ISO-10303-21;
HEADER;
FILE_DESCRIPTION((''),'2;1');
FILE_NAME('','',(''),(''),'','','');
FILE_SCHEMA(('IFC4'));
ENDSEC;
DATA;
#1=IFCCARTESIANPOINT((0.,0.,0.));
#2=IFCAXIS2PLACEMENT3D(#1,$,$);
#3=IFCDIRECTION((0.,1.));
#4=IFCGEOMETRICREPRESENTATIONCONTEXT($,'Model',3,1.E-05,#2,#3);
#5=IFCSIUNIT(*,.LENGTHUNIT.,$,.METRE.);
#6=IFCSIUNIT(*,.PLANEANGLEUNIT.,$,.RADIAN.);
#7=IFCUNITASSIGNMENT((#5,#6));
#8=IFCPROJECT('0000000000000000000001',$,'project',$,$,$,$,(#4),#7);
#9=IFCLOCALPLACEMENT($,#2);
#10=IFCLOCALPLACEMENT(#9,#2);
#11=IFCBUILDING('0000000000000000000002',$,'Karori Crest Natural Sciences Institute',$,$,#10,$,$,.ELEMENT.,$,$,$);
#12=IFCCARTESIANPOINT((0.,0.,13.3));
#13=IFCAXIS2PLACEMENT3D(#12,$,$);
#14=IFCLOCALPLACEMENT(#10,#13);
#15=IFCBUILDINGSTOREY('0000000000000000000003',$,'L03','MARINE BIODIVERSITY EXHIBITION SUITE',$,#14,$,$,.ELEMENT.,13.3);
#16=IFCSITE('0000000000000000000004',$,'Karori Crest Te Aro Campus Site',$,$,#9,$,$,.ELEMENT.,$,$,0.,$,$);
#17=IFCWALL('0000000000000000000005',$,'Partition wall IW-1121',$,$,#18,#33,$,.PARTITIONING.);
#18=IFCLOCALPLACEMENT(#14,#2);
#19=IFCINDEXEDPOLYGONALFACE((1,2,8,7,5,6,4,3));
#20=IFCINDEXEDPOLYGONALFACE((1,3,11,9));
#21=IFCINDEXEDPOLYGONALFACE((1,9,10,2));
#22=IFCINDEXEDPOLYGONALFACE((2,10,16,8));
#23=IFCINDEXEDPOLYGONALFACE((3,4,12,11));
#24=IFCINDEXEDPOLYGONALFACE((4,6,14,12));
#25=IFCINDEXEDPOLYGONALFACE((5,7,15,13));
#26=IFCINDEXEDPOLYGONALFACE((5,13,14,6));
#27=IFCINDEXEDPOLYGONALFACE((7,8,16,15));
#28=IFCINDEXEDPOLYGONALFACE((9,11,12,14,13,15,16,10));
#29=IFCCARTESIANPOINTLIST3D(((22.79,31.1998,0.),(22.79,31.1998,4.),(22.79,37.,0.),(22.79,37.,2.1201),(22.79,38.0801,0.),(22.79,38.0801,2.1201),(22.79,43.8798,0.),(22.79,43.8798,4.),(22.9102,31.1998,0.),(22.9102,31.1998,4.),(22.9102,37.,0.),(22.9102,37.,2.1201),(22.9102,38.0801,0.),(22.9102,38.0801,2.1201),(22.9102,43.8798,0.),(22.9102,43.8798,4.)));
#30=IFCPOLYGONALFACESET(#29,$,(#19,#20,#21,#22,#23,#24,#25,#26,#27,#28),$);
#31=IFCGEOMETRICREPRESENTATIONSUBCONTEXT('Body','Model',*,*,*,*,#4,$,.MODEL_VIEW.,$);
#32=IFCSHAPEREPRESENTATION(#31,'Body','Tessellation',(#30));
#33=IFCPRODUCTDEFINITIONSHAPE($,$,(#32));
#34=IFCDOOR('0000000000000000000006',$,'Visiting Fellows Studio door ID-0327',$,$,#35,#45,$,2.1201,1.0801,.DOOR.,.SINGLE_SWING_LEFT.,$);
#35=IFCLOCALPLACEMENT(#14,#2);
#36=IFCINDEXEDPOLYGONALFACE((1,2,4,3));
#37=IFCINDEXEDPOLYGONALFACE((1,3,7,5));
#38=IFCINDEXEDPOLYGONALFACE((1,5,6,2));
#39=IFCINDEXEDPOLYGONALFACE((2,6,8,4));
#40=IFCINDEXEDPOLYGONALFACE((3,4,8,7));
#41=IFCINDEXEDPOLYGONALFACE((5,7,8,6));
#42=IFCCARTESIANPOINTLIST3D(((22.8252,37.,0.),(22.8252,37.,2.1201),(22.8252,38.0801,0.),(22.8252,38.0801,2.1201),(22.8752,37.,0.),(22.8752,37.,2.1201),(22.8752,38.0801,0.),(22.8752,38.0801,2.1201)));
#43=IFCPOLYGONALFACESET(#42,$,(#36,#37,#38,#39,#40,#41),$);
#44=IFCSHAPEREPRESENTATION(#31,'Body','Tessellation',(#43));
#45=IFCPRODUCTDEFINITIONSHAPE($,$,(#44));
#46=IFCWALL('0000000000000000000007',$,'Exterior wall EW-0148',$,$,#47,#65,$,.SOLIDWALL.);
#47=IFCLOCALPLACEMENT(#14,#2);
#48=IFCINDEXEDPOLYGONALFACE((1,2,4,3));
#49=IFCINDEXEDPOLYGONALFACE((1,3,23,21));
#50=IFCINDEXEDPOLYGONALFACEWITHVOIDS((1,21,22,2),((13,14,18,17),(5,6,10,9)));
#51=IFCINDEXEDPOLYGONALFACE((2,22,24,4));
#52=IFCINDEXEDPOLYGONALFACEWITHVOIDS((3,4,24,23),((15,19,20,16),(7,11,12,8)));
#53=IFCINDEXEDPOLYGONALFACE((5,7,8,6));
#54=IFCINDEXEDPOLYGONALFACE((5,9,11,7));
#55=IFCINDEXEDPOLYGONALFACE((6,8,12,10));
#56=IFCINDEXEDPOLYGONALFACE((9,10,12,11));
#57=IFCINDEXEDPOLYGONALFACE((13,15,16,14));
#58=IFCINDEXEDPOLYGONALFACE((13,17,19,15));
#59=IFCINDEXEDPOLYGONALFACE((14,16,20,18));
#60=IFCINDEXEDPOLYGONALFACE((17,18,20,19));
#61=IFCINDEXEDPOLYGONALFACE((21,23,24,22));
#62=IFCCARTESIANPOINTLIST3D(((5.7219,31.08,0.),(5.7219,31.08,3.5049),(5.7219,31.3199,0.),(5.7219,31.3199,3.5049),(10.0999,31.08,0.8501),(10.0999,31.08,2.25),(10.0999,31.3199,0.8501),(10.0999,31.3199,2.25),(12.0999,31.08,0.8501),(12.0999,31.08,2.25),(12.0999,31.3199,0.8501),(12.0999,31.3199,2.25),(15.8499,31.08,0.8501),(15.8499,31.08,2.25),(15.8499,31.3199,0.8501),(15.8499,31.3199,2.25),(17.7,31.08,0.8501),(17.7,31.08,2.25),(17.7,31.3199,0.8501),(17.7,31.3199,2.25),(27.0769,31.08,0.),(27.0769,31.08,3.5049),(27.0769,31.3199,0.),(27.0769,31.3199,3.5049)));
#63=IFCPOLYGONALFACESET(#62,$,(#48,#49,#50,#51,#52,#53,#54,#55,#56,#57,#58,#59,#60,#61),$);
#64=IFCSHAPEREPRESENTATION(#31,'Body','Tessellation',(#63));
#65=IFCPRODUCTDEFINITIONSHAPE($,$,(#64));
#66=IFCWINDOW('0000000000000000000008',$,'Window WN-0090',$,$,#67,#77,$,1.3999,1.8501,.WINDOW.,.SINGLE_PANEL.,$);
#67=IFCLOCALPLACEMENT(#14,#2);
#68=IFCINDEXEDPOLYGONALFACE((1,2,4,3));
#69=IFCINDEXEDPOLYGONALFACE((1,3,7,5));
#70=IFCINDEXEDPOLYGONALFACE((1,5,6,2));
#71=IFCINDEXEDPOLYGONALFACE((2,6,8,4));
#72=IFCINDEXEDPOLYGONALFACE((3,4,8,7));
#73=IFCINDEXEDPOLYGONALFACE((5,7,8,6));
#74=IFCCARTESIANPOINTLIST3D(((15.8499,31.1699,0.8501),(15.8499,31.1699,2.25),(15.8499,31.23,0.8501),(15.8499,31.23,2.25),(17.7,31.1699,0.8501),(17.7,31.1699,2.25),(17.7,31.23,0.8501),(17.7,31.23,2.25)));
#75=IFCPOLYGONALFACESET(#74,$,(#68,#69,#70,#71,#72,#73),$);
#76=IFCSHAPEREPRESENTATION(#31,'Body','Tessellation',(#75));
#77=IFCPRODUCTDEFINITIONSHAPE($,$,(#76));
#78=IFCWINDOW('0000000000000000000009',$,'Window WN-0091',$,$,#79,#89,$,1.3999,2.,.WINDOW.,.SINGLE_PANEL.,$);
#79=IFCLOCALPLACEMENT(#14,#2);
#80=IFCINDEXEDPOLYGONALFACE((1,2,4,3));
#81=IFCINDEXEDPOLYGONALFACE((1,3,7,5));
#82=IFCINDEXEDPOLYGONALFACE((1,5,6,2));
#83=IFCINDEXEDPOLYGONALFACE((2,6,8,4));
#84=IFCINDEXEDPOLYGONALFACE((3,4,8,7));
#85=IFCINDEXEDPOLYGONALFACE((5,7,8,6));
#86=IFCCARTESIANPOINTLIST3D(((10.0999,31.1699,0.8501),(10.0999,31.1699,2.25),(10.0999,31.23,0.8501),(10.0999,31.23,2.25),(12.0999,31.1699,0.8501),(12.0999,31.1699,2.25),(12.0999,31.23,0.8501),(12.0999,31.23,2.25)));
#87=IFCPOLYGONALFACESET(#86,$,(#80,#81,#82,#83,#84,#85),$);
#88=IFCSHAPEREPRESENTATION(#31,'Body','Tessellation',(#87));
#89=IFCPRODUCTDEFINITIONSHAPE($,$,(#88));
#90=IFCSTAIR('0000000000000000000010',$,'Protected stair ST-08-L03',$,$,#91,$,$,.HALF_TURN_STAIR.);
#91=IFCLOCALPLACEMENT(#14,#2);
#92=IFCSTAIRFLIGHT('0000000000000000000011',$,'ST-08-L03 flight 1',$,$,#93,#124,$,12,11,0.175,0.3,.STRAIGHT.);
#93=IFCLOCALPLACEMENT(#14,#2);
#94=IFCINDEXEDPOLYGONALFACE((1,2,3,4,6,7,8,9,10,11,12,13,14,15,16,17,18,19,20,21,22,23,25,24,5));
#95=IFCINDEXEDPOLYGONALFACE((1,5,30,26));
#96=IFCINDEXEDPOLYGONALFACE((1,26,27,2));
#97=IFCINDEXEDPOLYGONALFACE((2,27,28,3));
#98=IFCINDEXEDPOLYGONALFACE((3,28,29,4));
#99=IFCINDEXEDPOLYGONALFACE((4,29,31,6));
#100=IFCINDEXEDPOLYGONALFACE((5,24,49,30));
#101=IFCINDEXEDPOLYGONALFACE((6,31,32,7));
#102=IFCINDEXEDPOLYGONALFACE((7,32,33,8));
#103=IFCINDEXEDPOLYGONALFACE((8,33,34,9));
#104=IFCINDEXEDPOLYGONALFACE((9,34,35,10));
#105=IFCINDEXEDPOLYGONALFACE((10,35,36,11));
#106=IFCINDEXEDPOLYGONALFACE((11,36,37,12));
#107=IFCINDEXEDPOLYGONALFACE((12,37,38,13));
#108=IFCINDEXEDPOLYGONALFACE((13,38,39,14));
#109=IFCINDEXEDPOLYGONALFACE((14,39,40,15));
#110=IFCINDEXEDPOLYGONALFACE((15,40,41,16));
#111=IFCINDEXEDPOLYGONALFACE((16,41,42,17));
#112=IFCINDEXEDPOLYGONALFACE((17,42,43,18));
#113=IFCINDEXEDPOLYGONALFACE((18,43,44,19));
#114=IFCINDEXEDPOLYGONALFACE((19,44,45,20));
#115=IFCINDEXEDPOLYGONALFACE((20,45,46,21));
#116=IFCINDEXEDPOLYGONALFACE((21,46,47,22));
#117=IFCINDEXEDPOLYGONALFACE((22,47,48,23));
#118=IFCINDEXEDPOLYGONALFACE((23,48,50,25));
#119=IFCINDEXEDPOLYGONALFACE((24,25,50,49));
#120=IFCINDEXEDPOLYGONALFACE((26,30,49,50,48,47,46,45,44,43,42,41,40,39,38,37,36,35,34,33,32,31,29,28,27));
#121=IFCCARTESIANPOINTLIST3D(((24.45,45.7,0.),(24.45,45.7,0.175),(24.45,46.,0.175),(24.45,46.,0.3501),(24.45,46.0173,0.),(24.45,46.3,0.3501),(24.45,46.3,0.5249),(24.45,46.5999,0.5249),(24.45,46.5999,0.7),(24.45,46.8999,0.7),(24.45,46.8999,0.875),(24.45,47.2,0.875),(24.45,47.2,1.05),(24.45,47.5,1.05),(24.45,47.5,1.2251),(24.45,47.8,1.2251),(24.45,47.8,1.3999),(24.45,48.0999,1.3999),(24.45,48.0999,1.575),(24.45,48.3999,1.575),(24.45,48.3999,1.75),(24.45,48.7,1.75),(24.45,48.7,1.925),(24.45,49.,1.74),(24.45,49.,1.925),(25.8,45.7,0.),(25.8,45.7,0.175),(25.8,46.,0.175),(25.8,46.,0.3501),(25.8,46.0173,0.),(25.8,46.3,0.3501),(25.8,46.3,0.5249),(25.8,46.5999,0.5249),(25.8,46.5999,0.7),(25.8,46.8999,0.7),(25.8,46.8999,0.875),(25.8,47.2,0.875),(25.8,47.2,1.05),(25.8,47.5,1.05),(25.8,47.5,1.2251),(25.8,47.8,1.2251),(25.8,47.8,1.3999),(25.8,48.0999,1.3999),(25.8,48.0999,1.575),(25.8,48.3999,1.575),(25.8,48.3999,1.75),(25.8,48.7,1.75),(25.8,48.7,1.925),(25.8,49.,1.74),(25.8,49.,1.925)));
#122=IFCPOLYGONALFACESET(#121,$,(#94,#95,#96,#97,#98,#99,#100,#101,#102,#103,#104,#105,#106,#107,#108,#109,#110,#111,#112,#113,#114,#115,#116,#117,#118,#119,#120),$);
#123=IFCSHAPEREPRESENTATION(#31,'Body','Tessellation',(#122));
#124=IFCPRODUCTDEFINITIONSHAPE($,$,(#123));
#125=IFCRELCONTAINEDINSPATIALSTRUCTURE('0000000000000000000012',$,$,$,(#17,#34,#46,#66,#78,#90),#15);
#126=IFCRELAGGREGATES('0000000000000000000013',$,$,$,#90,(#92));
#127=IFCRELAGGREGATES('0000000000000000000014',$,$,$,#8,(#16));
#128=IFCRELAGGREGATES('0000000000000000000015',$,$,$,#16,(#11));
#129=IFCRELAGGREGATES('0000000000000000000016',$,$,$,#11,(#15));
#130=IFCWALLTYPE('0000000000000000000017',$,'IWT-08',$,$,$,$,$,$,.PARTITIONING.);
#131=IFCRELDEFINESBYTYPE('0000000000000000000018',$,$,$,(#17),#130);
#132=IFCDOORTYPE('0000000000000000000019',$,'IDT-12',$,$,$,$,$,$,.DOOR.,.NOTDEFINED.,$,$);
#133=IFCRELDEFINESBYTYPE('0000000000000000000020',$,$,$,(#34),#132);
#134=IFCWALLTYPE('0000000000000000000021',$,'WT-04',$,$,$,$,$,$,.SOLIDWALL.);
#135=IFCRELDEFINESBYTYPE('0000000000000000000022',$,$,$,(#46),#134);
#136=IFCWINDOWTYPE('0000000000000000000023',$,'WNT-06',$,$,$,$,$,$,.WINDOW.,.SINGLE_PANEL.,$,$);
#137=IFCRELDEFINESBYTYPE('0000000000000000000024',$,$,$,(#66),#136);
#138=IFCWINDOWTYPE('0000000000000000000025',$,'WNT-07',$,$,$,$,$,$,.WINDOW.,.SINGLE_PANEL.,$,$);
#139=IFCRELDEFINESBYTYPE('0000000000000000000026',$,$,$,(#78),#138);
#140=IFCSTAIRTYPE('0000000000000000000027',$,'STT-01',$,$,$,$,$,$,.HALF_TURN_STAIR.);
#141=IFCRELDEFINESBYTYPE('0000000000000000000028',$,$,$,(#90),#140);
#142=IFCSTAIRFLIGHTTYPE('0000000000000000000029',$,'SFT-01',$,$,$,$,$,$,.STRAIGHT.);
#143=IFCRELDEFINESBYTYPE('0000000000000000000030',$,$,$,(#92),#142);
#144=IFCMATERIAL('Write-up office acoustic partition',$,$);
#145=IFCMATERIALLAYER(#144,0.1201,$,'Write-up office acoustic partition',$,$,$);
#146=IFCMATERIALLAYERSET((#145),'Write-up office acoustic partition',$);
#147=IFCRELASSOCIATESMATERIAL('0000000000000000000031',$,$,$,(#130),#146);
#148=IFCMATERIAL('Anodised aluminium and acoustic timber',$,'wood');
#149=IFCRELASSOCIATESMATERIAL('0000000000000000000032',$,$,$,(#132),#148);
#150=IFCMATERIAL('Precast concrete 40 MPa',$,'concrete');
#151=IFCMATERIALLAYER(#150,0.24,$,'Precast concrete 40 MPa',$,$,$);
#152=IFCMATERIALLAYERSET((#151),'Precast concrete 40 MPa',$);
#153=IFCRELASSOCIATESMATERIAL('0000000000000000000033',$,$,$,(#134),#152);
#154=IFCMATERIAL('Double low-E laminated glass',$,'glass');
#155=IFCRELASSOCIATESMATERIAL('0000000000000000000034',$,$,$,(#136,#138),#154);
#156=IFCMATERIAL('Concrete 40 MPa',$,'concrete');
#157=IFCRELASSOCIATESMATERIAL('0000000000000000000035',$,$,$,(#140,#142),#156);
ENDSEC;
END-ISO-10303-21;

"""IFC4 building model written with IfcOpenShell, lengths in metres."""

from ifc_helpers import new_model, si_unit, direction, frame, frame_2d, origin, place, context, subcontext, project, spatial, polyline, rectangle, outline, extrude, material, layer, layer_set, type_object, element, fill, aggregate, save


model = new_model("IFC4")

# Units and contexts
model_context = context("Model", 3, precision=1e-05, world=origin(), true_north=direction((0.0, 1.0)))
body_context = subcontext(model_context, "Body", "Model", "MODEL_VIEW")
ifc_project = project(units=[si_unit("LENGTHUNIT", "METRE"), si_unit("PLANEANGLEUNIT", "RADIAN")], contexts=[model_context])

# Site, building, storey
site_placement = place(None, origin())
site = spatial("IfcSite", under=ifc_project, at=site_placement, Name="Karori Crest Te Aro Campus Site", CompositionType="ELEMENT", RefElevation=0.0)
building_placement = place(site_placement, origin())
building = spatial("IfcBuilding", under=site, at=building_placement, Name="Karori Crest Natural Sciences Institute", CompositionType="ELEMENT")
storey_placement = place(building_placement, frame((0.0, 0.0, 13.3)))
storey = spatial("IfcBuildingStorey", under=building, at=storey_placement, Name="L03", Description="MARINE BIODIVERSITY EXHIBITION SUITE", CompositionType="ELEMENT", Elevation=13.3)

# Wall, opening, door
ifc_material_1 = material(Name="Write-up office acoustic partition")
ifc_layer_1 = layer(ifc_material_1, 0.1201, Name="Write-up office acoustic partition")
ifc_layer_set_1 = layer_set([ifc_layer_1], Name="Write-up office acoustic partition")
wall_type_1 = type_object("IfcWallType", Name="IWT-08", PredefinedType="PARTITIONING", material=ifc_layer_set_1)
wall_1_placement = place(storey_placement, frame((22.8501, 31.2, 0.0), z_axis=(0.0, 0.0, 1.0), x_axis=(0.0, 1.0, 0.0)))
wall_1 = element("IfcWall", 1, at=wall_1_placement, inside=storey, type_object=wall_type_1, Name="Partition wall IW-1121", PredefinedType="PARTITIONING", context=body_context, shape_type="SweptSolid", body=[
    extrude(rectangle(XDim=12.6799, YDim=0.1201, at=frame_2d((6.3398, 0.0))), origin(), (0.0, 0.0, 1.0), 4.0),
])
opening_1_placement = place(wall_1_placement, frame((5.8, 0.0, 0.0)))
opening_1 = element("IfcOpeningElement", 2, at=opening_1_placement, cuts=wall_1, PredefinedType="OPENING", context=body_context, shape_type="SweptSolid", body=[
    extrude(rectangle(XDim=1.0801, YDim=2.1201, at=frame_2d((0.54, 1.0601))), frame((0.0, 0.0701, 0.0), z_axis=(0.0, -1.0, 0.0), x_axis=(1.0, 0.0, 0.0)), (0.0, 0.0, 1.0), 0.1401),
])
ifc_material_2 = material(Name="Anodised aluminium and acoustic timber", Category="wood")
door_type_1 = type_object("IfcDoorType", Name="IDT-12", OperationType="NOTDEFINED", PredefinedType="DOOR", material=ifc_material_2)
door_1_placement = place(opening_1_placement, origin())
door_1 = element("IfcDoor", 3, at=door_1_placement, inside=storey, type_object=door_type_1, Name="Visiting Fellows Studio door ID-0327", OperationType="SINGLE_SWING_LEFT", OverallHeight=2.1201, OverallWidth=1.0801, PredefinedType="DOOR", context=body_context, shape_type="SweptSolid", body=[
    extrude(rectangle(XDim=1.0801, YDim=2.1201, at=frame_2d((0.54, 1.0601))), frame((0.0, 0.0249, 0.0), z_axis=(0.0, -1.0, 0.0), x_axis=(1.0, 0.0, 0.0)), (0.0, 0.0, 1.0), 0.05),
])
fill(opening_1, door_1)

# Wall, openings, windows
ifc_material_3 = material(Name="Precast concrete 40 MPa", Category="concrete")
ifc_layer_2 = layer(ifc_material_3, 0.24, Name="Precast concrete 40 MPa")
ifc_layer_set_2 = layer_set([ifc_layer_2], Name="Precast concrete 40 MPa")
wall_type_2 = type_object("IfcWallType", Name="WT-04", PredefinedType="SOLIDWALL", material=ifc_layer_set_2)
wall_2_placement = place(storey_placement, frame((27.0769, 31.2, 0.0), z_axis=(0.0, 0.0, 1.0), x_axis=(-1.0, 0.0, 0.0)))
wall_2 = element("IfcWall", 4, at=wall_2_placement, inside=storey, type_object=wall_type_2, Name="Exterior wall EW-0148", PredefinedType="SOLIDWALL", context=body_context, shape_type="SweptSolid", body=[
    extrude(rectangle(XDim=21.355, YDim=0.24, at=frame_2d((10.6775, 0.0))), origin(), (0.0, 0.0, 1.0), 3.5049),
])
opening_2_placement = place(wall_2_placement, frame((9.377, 0.0, 0.8501)))
opening_2 = element("IfcOpeningElement", 5, at=opening_2_placement, cuts=wall_2, PredefinedType="OPENING", context=body_context, shape_type="SweptSolid", body=[
    extrude(rectangle(XDim=1.8501, YDim=1.3999, at=frame_2d((0.925, 0.7))), frame((0.0, 0.1299, 0.0), z_axis=(0.0, -1.0, 0.0), x_axis=(1.0, 0.0, 0.0)), (0.0, 0.0, 1.0), 0.26),
])
opening_3_placement = place(wall_2_placement, frame((14.9771, 0.0, 0.8501)))
opening_3 = element("IfcOpeningElement", 6, at=opening_3_placement, cuts=wall_2, PredefinedType="OPENING", context=body_context, shape_type="SweptSolid", body=[
    extrude(rectangle(XDim=2.0, YDim=1.3999, at=frame_2d((1.0, 0.7))), frame((0.0, 0.1299, 0.0), z_axis=(0.0, -1.0, 0.0), x_axis=(1.0, 0.0, 0.0)), (0.0, 0.0, 1.0), 0.26),
])
ifc_material_4 = material(Name="Double low-E laminated glass", Category="glass")
window_type_1 = type_object("IfcWindowType", Name="WNT-06", PartitioningType="SINGLE_PANEL", PredefinedType="WINDOW", material=ifc_material_4)
window_1_placement = place(opening_2_placement, origin())
window_1 = element("IfcWindow", 7, at=window_1_placement, inside=storey, type_object=window_type_1, Name="Window WN-0090", OverallHeight=1.3999, OverallWidth=1.8501, PartitioningType="SINGLE_PANEL", PredefinedType="WINDOW", context=body_context, shape_type="SweptSolid", body=[
    extrude(rectangle(XDim=1.8501, YDim=1.3999, at=frame_2d((0.925, 0.7))), frame((0.0, 0.03, 0.0), z_axis=(0.0, -1.0, 0.0), x_axis=(1.0, 0.0, 0.0)), (0.0, 0.0, 1.0), 0.0601),
])
fill(opening_2, window_1)
window_type_2 = type_object("IfcWindowType", Name="WNT-07", PartitioningType="SINGLE_PANEL", PredefinedType="WINDOW", material=ifc_material_4)
window_2_placement = place(opening_3_placement, origin())
window_2 = element("IfcWindow", 8, at=window_2_placement, inside=storey, type_object=window_type_2, Name="Window WN-0091", OverallHeight=1.3999, OverallWidth=2.0, PartitioningType="SINGLE_PANEL", PredefinedType="WINDOW", context=body_context, shape_type="SweptSolid", body=[
    extrude(rectangle(XDim=2.0, YDim=1.3999, at=frame_2d((1.0, 0.7))), frame((0.0, 0.03, 0.0), z_axis=(0.0, -1.0, 0.0), x_axis=(1.0, 0.0, 0.0)), (0.0, 0.0, 1.0), 0.0601),
])
fill(opening_3, window_2)

# Stair, stair flight
ifc_material_5 = material(Name="Concrete 40 MPa", Category="concrete")
stair_type = type_object("IfcStairType", Name="STT-01", PredefinedType="HALF_TURN_STAIR", material=ifc_material_5)
stair_placement = place(storey_placement, origin())
stair = element("IfcStair", 9, at=stair_placement, inside=storey, type_object=stair_type, Name="Protected stair ST-08-L03", PredefinedType="HALF_TURN_STAIR")
stair_flight_type = type_object("IfcStairFlightType", Name="SFT-01", PredefinedType="STRAIGHT", material=ifc_material_5)
stair_flight_placement = place(storey_placement, frame((25.125, 45.7, 0.0), z_axis=(0.0, 0.0, 1.0), x_axis=(0.0, 1.0, 0.0)))
stair_flight = element("IfcStairFlight", 10, at=stair_flight_placement, type_object=stair_flight_type, Name="ST-08-L03 flight 1", NumberOfRisers=12, NumberOfTreads=11, PredefinedType="STRAIGHT", RiserHeight=0.175, TreadLength=0.3, context=body_context, shape_type="SweptSolid", body=[
    extrude(outline(polyline([(0.0, 0.0), (0.0, 0.175), (0.3, 0.175), (0.3, 0.3501), (0.6001, 0.3501), (0.6001, 0.5249), (0.8999, 0.5249), (0.8999, 0.7), (1.2, 0.7), (1.2, 0.875), (1.5, 0.875), (1.5, 1.05), (1.8, 1.05), (1.8, 1.2251), (2.1001, 1.2251), (2.1001, 1.3999), (2.3999, 1.3999), (2.3999, 1.575), (2.7, 1.575), (2.7, 1.75), (3.0, 1.75), (3.0, 1.925), (3.3, 1.925), (3.3, 2.1001), (3.3, 1.74), (0.3174, 0.0), (0.0, 0.0)])), frame((0.0, 0.675, 0.0), z_axis=(0.0, -1.0, 0.0), x_axis=(1.0, 0.0, 0.0)), (0.0, 0.0, 1.0), 1.3501),
])
aggregate(stair, [stair_flight])

save(model, "model.ifc")
